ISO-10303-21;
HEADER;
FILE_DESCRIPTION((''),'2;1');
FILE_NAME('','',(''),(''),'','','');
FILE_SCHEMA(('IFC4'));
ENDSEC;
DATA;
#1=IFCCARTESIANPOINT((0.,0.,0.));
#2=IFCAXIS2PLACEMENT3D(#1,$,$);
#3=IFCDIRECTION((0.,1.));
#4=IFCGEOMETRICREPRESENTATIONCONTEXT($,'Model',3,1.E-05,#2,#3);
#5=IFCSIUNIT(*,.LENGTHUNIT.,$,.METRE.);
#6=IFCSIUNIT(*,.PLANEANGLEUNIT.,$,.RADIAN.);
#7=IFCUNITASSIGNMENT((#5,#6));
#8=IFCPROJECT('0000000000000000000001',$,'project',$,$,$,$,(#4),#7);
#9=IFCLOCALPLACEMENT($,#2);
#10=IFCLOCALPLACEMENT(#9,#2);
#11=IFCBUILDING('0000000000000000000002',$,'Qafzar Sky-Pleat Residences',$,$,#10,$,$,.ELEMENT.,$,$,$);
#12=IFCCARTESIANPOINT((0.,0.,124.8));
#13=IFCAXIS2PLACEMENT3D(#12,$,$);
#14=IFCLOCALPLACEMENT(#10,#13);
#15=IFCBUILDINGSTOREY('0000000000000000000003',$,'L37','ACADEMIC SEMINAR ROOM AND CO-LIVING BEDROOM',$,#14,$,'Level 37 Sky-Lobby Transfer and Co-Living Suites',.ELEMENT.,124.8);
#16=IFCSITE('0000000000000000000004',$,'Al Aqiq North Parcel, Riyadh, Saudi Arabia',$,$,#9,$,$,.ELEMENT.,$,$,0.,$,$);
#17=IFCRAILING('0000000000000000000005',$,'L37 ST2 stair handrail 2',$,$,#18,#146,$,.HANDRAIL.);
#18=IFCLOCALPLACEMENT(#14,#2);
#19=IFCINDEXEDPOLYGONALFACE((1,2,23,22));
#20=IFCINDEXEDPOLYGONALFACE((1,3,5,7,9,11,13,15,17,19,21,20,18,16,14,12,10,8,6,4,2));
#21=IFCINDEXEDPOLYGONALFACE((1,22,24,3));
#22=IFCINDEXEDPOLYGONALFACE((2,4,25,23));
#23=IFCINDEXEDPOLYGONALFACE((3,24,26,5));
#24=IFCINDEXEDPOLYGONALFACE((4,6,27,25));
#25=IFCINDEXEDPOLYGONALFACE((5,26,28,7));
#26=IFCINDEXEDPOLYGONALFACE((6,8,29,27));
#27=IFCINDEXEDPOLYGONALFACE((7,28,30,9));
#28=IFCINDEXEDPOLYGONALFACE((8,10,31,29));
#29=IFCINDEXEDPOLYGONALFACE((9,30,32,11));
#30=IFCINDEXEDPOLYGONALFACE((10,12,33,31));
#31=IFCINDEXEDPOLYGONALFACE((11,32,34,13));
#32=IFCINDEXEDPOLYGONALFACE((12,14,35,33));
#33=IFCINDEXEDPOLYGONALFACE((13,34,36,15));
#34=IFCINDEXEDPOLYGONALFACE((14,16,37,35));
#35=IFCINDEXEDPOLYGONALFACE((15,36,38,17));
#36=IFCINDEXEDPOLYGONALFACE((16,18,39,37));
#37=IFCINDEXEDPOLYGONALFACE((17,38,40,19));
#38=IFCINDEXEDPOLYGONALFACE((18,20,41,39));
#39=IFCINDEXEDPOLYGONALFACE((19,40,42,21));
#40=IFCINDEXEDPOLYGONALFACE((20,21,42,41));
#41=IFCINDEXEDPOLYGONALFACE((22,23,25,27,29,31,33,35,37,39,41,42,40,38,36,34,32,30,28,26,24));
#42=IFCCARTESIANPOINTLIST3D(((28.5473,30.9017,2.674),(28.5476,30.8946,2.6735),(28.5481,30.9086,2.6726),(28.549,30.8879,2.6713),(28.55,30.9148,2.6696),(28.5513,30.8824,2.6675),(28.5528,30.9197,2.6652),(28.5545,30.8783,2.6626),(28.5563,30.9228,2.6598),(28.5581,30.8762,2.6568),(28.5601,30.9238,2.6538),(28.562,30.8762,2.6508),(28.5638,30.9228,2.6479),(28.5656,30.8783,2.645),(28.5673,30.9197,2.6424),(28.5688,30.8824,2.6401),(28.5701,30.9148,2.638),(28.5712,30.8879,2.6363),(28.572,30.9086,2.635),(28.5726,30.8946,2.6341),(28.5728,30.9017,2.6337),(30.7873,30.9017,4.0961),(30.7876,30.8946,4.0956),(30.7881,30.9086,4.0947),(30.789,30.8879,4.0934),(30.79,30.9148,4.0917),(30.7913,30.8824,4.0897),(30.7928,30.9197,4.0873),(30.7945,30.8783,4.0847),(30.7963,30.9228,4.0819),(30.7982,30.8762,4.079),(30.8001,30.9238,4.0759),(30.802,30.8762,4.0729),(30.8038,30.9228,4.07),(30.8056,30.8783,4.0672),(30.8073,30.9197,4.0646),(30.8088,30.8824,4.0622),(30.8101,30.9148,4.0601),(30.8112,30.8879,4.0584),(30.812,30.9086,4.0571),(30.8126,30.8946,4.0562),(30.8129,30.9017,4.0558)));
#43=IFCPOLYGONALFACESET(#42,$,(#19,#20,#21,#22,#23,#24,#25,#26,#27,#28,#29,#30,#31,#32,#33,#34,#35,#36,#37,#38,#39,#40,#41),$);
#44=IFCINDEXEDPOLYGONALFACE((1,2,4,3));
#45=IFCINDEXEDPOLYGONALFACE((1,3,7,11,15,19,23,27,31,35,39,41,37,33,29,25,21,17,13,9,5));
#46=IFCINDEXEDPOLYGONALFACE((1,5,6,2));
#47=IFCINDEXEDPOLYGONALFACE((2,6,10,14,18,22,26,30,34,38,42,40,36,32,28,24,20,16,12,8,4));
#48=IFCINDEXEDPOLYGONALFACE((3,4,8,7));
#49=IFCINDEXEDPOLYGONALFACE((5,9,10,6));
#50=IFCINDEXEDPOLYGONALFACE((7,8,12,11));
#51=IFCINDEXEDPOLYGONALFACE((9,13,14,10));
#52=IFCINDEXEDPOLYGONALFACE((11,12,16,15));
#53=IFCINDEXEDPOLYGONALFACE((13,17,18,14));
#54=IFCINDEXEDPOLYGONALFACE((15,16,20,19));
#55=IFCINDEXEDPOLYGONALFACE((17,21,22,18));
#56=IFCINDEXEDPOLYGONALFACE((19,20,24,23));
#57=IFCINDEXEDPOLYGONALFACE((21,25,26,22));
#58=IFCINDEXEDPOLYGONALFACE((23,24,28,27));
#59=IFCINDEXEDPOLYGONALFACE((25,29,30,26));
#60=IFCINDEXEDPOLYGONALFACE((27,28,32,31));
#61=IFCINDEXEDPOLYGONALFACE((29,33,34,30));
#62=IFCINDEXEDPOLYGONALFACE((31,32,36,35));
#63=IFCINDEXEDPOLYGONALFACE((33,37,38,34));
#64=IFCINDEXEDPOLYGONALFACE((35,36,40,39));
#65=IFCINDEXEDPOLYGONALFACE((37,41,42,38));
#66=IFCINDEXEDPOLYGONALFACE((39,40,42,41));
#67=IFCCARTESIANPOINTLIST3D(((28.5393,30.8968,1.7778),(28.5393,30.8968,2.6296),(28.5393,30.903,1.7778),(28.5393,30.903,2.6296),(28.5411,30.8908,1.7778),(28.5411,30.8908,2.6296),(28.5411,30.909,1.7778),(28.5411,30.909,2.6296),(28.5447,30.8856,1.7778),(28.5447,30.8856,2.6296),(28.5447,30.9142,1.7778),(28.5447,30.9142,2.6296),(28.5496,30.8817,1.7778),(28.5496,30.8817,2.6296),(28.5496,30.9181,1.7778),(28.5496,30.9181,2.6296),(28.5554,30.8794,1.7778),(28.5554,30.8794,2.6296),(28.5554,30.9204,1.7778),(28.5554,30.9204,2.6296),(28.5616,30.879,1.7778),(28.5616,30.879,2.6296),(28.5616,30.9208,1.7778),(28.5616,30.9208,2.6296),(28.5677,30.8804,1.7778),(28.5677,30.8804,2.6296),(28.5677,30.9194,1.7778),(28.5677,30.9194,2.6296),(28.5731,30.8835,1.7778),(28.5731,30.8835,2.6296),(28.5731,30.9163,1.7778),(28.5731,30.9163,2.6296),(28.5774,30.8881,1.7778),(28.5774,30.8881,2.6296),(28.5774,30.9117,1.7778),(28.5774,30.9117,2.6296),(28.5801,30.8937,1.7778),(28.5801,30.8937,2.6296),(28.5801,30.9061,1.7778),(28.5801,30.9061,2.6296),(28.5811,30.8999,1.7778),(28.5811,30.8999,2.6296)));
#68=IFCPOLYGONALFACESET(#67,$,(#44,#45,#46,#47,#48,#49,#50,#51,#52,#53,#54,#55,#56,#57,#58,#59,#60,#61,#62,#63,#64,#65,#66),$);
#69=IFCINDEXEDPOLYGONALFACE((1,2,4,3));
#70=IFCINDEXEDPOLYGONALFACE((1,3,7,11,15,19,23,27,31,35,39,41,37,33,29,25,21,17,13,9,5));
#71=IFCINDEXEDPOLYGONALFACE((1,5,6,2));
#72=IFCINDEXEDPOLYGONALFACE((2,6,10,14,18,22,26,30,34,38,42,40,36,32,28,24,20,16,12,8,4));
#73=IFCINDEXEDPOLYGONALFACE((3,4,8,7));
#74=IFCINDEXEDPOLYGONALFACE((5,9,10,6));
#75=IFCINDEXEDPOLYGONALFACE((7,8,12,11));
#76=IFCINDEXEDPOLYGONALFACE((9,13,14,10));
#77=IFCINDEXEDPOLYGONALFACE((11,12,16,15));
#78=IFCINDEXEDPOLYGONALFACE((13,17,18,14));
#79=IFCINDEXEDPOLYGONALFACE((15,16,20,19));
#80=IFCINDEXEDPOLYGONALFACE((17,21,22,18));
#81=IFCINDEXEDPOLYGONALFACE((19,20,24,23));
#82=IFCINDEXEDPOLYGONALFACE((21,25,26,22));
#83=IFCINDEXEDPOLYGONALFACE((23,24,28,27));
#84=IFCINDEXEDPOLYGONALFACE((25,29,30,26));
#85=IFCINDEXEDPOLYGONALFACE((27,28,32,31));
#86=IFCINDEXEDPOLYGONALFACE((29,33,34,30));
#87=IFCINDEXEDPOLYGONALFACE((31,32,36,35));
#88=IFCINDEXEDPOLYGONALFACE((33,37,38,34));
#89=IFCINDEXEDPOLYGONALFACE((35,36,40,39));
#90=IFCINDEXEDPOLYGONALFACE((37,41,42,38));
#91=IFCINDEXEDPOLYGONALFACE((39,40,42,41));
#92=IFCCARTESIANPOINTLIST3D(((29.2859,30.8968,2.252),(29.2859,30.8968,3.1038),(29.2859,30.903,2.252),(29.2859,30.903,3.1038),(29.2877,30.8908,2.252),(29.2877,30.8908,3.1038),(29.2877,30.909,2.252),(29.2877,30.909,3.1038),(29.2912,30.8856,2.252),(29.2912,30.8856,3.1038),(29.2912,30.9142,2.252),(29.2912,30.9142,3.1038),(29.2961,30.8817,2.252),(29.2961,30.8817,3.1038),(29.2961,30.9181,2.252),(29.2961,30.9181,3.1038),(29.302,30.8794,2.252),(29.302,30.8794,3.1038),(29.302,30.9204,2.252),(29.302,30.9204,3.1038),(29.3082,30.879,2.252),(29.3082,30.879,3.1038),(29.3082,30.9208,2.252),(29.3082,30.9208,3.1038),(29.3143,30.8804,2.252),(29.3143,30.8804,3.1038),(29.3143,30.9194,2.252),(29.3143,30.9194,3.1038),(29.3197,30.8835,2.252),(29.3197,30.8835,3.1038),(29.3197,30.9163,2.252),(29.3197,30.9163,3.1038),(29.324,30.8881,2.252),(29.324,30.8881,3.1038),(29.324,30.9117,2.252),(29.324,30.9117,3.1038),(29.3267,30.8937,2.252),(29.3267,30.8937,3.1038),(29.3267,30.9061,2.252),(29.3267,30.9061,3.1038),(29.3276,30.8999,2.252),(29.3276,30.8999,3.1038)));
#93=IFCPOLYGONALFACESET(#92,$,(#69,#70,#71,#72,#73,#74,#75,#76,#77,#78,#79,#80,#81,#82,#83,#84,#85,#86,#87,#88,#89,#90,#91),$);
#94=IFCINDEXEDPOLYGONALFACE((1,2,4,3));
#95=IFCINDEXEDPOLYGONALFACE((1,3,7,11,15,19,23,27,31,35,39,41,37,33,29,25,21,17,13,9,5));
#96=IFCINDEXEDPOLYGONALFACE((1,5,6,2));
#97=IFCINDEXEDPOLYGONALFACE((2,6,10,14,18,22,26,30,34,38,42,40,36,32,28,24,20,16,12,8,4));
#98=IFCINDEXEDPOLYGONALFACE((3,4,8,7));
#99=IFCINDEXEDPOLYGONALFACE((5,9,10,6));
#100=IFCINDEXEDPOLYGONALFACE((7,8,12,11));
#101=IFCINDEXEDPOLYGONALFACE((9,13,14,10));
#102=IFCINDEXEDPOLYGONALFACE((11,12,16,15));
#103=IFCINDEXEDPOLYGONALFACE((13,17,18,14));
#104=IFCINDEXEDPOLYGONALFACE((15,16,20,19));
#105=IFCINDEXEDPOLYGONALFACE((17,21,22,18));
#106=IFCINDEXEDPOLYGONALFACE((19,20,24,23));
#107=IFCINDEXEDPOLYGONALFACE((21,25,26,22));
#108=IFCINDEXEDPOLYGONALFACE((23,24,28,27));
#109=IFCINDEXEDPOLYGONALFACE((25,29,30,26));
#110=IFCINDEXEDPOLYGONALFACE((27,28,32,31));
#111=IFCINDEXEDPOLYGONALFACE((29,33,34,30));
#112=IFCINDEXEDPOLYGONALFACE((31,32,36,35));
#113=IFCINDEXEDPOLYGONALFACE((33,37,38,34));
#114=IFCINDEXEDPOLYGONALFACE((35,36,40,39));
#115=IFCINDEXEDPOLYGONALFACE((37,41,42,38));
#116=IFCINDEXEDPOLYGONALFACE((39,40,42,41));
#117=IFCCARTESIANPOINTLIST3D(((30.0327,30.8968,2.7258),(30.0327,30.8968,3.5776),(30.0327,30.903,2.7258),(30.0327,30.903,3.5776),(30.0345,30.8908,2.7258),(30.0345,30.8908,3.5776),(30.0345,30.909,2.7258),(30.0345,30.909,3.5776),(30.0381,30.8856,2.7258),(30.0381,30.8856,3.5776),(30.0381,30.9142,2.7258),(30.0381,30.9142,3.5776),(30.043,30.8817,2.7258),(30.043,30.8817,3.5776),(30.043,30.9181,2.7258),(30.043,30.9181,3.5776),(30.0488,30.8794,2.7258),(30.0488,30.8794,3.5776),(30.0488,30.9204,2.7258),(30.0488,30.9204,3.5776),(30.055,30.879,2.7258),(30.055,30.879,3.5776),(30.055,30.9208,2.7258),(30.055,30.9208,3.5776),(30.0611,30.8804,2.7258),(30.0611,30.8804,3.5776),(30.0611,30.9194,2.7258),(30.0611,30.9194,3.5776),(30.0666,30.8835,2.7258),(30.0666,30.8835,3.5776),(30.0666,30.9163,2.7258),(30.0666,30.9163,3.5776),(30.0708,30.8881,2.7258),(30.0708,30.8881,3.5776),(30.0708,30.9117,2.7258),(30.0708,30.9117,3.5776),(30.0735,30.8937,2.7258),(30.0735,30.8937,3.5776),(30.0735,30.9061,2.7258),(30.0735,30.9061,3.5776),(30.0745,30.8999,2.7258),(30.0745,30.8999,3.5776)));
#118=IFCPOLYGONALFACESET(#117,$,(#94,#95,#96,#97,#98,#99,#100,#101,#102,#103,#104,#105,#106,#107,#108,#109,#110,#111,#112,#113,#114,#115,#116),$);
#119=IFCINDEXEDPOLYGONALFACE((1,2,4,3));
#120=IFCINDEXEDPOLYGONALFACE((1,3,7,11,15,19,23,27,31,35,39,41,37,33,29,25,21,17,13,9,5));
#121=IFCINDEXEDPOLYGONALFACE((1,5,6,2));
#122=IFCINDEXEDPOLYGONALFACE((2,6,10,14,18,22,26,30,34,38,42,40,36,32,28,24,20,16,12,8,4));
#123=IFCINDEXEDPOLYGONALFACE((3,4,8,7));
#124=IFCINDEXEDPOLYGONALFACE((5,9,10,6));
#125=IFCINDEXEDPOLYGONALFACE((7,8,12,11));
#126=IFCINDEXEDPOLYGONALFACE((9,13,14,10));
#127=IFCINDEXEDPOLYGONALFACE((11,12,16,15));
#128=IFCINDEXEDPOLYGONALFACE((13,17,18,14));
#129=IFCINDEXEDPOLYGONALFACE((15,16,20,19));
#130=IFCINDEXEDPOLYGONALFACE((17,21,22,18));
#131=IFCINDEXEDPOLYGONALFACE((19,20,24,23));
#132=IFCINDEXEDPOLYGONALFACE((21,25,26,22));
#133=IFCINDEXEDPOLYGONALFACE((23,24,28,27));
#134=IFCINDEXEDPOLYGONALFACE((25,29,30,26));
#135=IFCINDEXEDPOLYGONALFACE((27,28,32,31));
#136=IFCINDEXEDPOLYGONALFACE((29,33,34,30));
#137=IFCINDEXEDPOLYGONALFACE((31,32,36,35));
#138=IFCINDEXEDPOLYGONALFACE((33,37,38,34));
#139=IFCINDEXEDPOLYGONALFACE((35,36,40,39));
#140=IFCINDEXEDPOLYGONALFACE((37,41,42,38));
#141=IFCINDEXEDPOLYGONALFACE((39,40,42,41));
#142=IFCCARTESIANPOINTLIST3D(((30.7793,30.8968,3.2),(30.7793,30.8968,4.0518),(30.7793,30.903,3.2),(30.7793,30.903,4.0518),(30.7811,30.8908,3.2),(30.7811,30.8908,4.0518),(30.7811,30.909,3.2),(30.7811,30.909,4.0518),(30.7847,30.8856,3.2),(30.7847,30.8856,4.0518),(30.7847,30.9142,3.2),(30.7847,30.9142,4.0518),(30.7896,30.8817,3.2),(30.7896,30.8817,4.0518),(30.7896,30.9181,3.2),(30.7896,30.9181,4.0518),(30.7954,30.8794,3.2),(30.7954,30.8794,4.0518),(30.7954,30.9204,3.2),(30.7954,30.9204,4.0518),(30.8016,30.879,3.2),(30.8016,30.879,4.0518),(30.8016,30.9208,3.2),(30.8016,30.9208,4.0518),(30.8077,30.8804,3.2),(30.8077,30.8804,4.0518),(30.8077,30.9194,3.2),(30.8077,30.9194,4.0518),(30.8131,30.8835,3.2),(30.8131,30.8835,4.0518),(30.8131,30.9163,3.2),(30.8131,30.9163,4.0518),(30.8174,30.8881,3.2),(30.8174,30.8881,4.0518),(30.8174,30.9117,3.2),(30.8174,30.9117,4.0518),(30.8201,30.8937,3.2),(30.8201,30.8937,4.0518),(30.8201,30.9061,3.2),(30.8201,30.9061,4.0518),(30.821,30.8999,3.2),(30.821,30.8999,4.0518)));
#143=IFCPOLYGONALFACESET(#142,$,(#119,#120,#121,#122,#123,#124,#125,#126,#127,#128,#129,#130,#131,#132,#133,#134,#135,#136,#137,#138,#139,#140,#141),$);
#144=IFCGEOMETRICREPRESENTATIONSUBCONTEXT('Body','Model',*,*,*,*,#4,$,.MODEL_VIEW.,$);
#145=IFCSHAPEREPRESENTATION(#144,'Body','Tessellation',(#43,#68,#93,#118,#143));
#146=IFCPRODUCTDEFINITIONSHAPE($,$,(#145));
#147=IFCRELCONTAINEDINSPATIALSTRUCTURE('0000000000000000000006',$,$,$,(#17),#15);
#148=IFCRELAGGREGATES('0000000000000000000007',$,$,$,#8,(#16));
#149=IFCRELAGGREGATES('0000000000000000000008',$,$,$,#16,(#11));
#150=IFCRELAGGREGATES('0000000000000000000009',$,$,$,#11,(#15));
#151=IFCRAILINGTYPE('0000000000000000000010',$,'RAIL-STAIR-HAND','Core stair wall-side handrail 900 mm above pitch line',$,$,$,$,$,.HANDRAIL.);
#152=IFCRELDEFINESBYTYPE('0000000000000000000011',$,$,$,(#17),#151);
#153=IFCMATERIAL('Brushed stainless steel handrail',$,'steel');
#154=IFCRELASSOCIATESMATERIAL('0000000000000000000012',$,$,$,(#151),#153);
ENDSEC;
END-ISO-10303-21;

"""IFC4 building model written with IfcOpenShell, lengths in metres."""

from ifc_helpers import new_model, si_unit, direction, frame, origin, origin_2d, place, context, subcontext, project, spatial, circle, extrude, source, transform, mapped, material, type_object, element, save


model = new_model("IFC4")

# Units and contexts
model_context = context("Model", 3, precision=1e-05, world=origin(), true_north=direction((0.0, 1.0)))
body_context = subcontext(model_context, "Body", "Model", "MODEL_VIEW")
ifc_project = project(units=[si_unit("LENGTHUNIT", "METRE"), si_unit("PLANEANGLEUNIT", "RADIAN")], contexts=[model_context])

# Site, building, storey
site_placement = place(None, origin())
site = spatial("IfcSite", under=ifc_project, at=site_placement, Name="Al Aqiq North Parcel, Riyadh, Saudi Arabia", CompositionType="ELEMENT", RefElevation=0.0)
building_placement = place(site_placement, origin())
building = spatial("IfcBuilding", under=site, at=building_placement, Name="Qafzar Sky-Pleat Residences", CompositionType="ELEMENT")
storey_placement = place(building_placement, frame((0.0, 0.0, 124.8)))
storey = spatial("IfcBuildingStorey", under=building, at=storey_placement, Name="L37", Description="ACADEMIC SEMINAR ROOM AND CO-LIVING BEDROOM", LongName="Level 37 Sky-Lobby Transfer and Co-Living Suites", CompositionType="ELEMENT", Elevation=124.8)

# Railing
ifc_material_1 = material(Name="Brushed stainless steel handrail", Category="steel")
railing_type_1 = type_object("IfcRailingType", Name="RAIL-STAIR-HAND", Description="Core stair wall-side handrail 900 mm above pitch line", PredefinedType="HANDRAIL", material=ifc_material_1)
shared_shape_1 = source(origin(), body_context, "Body", "SweptSolid", [
    extrude(circle(Radius=0.0239, at=origin_2d()), frame((0.0, 0.0, 0.876), z_axis=(0.844229, 0.0, 0.535982), x_axis=(0.0, 1.0, 0.0)), (0.0, 0.0, 1.0), 2.6533),
    extrude(circle(Radius=0.021, at=origin_2d()), origin(), (0.0, 0.0, 1.0), 0.8518),
    extrude(circle(Radius=0.021, at=origin_2d()), frame((0.7466, 0.0, 0.4741)), (0.0, 0.0, 1.0), 0.8518),
    extrude(circle(Radius=0.021, at=origin_2d()), frame((1.4934, 0.0, 0.948)), (0.0, 0.0, 1.0), 0.8518),
    extrude(circle(Radius=0.021, at=origin_2d()), frame((2.24, 0.0, 1.4221)), (0.0, 0.0, 1.0), 0.8518),
])
railing_1_placement = place(storey_placement, frame((28.5601, 30.8999, 1.7778)))
element("IfcRailing", 1, at=railing_1_placement, inside=storey, type_object=railing_type_1, Name="L37 ST2 stair handrail 2", PredefinedType="HANDRAIL", context=body_context, shape_type="MappedRepresentation", body=[
    mapped(shared_shape_1, transform((0.0, 0.0, 0.0), x_axis=(1.0, 0.0, 0.0), y_axis=(0.0, 1.0, 0.0), z_axis=(0.0, 0.0, 1.0), scale=1.0)),
])

save(model, "model.ifc")
